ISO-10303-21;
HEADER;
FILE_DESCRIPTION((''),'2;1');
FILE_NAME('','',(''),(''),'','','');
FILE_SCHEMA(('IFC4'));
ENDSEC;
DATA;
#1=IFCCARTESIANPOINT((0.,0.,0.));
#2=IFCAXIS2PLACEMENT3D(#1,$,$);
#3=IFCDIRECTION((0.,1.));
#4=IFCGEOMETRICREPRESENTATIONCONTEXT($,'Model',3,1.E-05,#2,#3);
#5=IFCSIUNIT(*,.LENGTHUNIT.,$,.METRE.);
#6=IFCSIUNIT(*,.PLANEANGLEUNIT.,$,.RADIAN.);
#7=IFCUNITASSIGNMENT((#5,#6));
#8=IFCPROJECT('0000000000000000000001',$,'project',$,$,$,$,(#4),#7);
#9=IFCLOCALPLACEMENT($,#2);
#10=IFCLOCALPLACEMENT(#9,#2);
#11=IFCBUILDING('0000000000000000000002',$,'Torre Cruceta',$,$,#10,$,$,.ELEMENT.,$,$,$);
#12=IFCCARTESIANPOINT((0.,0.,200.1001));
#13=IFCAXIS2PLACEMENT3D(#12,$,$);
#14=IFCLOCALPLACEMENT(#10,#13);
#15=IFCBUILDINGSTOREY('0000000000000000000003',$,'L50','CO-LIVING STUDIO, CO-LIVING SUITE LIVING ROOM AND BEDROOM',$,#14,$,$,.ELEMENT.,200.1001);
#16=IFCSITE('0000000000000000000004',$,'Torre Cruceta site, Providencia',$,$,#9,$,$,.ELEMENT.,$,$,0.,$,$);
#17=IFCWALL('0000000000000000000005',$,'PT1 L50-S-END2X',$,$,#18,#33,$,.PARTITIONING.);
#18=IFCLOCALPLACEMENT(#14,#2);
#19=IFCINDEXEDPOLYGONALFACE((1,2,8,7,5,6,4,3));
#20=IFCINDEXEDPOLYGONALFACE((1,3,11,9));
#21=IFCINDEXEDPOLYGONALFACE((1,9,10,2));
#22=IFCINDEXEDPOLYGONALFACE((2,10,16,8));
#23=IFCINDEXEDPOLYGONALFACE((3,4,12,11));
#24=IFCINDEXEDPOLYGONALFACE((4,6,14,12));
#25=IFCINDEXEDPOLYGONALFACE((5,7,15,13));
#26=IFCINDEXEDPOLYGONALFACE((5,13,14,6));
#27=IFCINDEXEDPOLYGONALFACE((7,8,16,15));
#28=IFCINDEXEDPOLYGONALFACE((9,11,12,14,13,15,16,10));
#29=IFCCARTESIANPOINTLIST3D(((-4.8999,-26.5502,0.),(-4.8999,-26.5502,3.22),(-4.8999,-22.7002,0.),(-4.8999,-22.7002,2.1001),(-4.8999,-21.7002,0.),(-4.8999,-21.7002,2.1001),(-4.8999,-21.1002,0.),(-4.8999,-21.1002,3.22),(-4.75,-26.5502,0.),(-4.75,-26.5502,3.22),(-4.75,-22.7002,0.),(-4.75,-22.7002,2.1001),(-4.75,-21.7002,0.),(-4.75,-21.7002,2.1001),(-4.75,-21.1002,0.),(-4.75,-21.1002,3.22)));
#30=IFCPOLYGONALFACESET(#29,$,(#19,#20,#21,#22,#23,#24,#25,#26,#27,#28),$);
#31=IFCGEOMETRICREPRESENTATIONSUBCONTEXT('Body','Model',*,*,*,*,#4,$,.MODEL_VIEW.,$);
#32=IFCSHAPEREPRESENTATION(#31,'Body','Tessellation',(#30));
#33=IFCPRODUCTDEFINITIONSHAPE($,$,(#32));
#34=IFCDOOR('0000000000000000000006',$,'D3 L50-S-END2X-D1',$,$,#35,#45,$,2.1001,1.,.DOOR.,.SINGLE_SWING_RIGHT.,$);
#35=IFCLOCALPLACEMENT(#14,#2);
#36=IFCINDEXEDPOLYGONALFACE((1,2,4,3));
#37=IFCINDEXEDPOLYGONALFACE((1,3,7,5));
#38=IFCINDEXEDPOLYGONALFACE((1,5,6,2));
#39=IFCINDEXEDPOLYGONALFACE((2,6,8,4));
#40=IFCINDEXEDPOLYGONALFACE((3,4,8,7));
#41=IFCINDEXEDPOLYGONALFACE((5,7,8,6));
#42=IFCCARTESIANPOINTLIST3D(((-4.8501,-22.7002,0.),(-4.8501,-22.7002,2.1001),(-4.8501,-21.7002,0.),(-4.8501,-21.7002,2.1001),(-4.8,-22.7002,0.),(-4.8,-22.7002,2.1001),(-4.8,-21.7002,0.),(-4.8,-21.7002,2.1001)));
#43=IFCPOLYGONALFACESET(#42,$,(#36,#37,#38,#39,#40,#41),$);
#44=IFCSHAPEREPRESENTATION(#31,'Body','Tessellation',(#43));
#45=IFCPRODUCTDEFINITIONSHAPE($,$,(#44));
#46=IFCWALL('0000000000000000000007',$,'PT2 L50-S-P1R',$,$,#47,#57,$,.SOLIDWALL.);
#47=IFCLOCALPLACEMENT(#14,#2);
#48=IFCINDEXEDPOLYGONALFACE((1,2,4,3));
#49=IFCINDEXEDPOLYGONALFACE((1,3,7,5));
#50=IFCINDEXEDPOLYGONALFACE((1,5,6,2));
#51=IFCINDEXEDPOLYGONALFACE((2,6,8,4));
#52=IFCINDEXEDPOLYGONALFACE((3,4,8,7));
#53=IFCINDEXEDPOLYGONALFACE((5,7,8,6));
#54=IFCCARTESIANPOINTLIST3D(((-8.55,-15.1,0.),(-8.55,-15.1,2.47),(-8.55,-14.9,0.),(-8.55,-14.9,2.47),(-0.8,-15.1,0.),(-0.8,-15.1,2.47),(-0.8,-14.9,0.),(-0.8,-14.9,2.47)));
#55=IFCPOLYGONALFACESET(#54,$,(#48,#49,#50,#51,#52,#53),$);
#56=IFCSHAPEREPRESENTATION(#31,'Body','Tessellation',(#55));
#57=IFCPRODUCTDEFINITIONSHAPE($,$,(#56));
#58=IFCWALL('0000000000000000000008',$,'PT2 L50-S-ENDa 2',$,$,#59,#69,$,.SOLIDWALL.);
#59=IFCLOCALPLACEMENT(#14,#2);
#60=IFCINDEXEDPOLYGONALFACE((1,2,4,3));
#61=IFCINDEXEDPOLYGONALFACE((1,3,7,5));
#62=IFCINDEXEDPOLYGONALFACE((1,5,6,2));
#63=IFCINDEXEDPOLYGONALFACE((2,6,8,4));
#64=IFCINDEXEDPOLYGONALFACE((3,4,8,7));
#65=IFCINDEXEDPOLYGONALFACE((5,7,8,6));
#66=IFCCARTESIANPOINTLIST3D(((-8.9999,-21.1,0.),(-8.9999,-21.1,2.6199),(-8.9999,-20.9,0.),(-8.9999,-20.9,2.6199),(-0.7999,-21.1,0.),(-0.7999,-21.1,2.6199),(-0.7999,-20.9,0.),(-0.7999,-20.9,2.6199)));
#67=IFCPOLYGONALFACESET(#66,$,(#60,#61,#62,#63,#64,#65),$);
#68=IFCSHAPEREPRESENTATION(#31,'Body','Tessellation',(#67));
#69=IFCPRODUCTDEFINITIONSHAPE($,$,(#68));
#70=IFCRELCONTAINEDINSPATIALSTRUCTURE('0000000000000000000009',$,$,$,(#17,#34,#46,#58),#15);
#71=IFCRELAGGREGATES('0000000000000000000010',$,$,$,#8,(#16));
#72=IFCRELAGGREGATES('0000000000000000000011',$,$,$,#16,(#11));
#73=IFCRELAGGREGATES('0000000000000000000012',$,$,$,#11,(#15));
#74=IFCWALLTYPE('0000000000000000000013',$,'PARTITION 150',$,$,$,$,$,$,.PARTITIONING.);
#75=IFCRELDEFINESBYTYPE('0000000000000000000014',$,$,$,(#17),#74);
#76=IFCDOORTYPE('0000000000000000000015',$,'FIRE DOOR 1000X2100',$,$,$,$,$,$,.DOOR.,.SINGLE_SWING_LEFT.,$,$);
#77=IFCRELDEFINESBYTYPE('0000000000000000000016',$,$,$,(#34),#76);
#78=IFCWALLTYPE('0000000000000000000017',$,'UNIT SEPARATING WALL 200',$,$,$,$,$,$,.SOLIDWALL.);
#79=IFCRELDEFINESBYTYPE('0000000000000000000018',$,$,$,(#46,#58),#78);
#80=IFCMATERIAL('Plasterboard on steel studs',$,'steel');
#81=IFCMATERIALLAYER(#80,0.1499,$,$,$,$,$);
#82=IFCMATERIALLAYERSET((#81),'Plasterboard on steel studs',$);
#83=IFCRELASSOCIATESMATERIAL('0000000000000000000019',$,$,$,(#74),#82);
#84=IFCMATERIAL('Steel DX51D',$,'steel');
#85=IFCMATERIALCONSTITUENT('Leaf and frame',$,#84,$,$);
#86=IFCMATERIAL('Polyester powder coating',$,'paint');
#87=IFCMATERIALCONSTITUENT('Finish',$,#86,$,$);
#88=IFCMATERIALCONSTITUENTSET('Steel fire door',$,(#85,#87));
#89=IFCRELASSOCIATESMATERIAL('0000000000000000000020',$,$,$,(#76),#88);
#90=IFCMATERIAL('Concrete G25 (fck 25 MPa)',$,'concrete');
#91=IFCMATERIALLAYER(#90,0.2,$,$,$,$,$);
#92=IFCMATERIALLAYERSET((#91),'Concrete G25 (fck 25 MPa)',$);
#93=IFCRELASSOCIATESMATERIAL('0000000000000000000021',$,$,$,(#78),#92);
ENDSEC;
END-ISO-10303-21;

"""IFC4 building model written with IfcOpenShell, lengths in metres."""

from ifc_helpers import new_model, si_unit, direction, frame, frame_2d, origin, place, context, subcontext, project, spatial, rectangle, extrude, material, layer, layer_set, constituent, constituent_set, type_object, element, fill, save


model = new_model("IFC4")

# Units and contexts
model_context = context("Model", 3, precision=1e-05, world=origin(), true_north=direction((0.0, 1.0)))
body_context = subcontext(model_context, "Body", "Model", "MODEL_VIEW")
ifc_project = project(units=[si_unit("LENGTHUNIT", "METRE"), si_unit("PLANEANGLEUNIT", "RADIAN")], contexts=[model_context])

# Site, building, storey
site_placement = place(None, origin())
site = spatial("IfcSite", under=ifc_project, at=site_placement, Name="Torre Cruceta site, Providencia", CompositionType="ELEMENT", RefElevation=0.0)
building_placement = place(site_placement, origin())
building = spatial("IfcBuilding", under=site, at=building_placement, Name="Torre Cruceta", CompositionType="ELEMENT")
storey_placement = place(building_placement, frame((0.0, 0.0, 200.1001)))
storey = spatial("IfcBuildingStorey", under=building, at=storey_placement, Name="L50", Description="CO-LIVING STUDIO, CO-LIVING SUITE LIVING ROOM AND BEDROOM", CompositionType="ELEMENT", Elevation=200.1001)

# Wall, opening, door
ifc_material_1 = material(Name="Plasterboard on steel studs", Category="steel")
ifc_layer_1 = layer(ifc_material_1, 0.1499)
ifc_layer_set_1 = layer_set([ifc_layer_1], Name="Plasterboard on steel studs")
wall_type_1 = type_object("IfcWallType", Name="PARTITION 150", PredefinedType="PARTITIONING", material=ifc_layer_set_1)
wall_1_placement = place(storey_placement, frame((-4.825, -21.1001, 0.0), z_axis=(0.0, 0.0, 1.0), x_axis=(0.0, -1.0, 0.0)))
wall_1 = element("IfcWall", 1, at=wall_1_placement, inside=storey, type_object=wall_type_1, Name="PT1 L50-S-END2X", PredefinedType="PARTITIONING", context=body_context, shape_type="SweptSolid", body=[
    extrude(rectangle(XDim=5.45, YDim=0.1499, at=frame_2d((2.7251, 0.0))), origin(), (0.0, 0.0, 1.0), 3.22),
])
opening_1_placement = place(wall_1_placement, frame((0.6001, 0.0, 0.0)))
opening_1 = element("IfcOpeningElement", 2, at=opening_1_placement, cuts=wall_1, PredefinedType="OPENING", context=body_context, shape_type="SweptSolid", body=[
    extrude(rectangle(XDim=1.0, YDim=2.1001, at=frame_2d((0.5, 1.05))), frame((0.0, 0.085, 0.0), z_axis=(0.0, -1.0, 0.0), x_axis=(1.0, 0.0, 0.0)), (0.0, 0.0, 1.0), 0.1699),
])
ifc_material_2 = material(Name="Steel DX51D", Category="steel")
ifc_constituent_1 = constituent(ifc_material_2, Name="Leaf and frame")
ifc_material_3 = material(Name="Polyester powder coating", Category="paint")
ifc_constituent_2 = constituent(ifc_material_3, Name="Finish")
ifc_constituent_set_1 = constituent_set(constituents=[ifc_constituent_1, ifc_constituent_2], Name="Steel fire door")
door_type_1 = type_object("IfcDoorType", Name="FIRE DOOR 1000X2100", OperationType="SINGLE_SWING_LEFT", PredefinedType="DOOR", material=ifc_constituent_set_1)
door_1_placement = place(opening_1_placement, frame((1.0, 0.0, 0.0), z_axis=(0.0, 0.0, 1.0), x_axis=(-1.0, 0.0, 0.0)))
door_1 = element("IfcDoor", 3, at=door_1_placement, inside=storey, type_object=door_type_1, Name="D3 L50-S-END2X-D1", OperationType="SINGLE_SWING_RIGHT", OverallHeight=2.1001, OverallWidth=1.0, PredefinedType="DOOR", context=body_context, shape_type="SweptSolid", body=[
    extrude(rectangle(XDim=1.0, YDim=2.1001, at=frame_2d((0.5, 1.05))), frame((0.0, 0.0251, 0.0), z_axis=(0.0, -1.0, 0.0), x_axis=(1.0, 0.0, 0.0)), (0.0, 0.0, 1.0), 0.05),
])
fill(opening_1, door_1)

# Walls
ifc_material_4 = material(Name="Concrete G25 (fck 25 MPa)", Category="concrete")
ifc_layer_2 = layer(ifc_material_4, 0.2)
ifc_layer_set_2 = layer_set([ifc_layer_2], Name="Concrete G25 (fck 25 MPa)")
wall_type_2 = type_object("IfcWallType", Name="UNIT SEPARATING WALL 200", PredefinedType="SOLIDWALL", material=ifc_layer_set_2)
wall_2_placement = place(storey_placement, frame((-8.55, -15.0, 0.0), z_axis=(0.0, 0.0, 1.0), x_axis=(1.0, 0.0, 0.0)))
element("IfcWall", 4, at=wall_2_placement, inside=storey, type_object=wall_type_2, Name="PT2 L50-S-P1R", PredefinedType="SOLIDWALL", context=body_context, shape_type="SweptSolid", body=[
    extrude(rectangle(XDim=7.75, YDim=0.2, at=frame_2d((3.875, 0.0))), origin(), (0.0, 0.0, 1.0), 2.47),
])
wall_3_placement = place(storey_placement, frame((-9.0, -21.0, 0.0), z_axis=(0.0, 0.0, 1.0), x_axis=(1.0, 0.0, 0.0)))
element("IfcWall", 5, at=wall_3_placement, inside=storey, type_object=wall_type_2, Name="PT2 L50-S-ENDa 2", PredefinedType="SOLIDWALL", context=body_context, shape_type="SweptSolid", body=[
    extrude(rectangle(XDim=8.2, YDim=0.2, at=frame_2d((4.1001, 0.0))), origin(), (0.0, 0.0, 1.0), 2.6199),
])

save(model, "model.ifc")
